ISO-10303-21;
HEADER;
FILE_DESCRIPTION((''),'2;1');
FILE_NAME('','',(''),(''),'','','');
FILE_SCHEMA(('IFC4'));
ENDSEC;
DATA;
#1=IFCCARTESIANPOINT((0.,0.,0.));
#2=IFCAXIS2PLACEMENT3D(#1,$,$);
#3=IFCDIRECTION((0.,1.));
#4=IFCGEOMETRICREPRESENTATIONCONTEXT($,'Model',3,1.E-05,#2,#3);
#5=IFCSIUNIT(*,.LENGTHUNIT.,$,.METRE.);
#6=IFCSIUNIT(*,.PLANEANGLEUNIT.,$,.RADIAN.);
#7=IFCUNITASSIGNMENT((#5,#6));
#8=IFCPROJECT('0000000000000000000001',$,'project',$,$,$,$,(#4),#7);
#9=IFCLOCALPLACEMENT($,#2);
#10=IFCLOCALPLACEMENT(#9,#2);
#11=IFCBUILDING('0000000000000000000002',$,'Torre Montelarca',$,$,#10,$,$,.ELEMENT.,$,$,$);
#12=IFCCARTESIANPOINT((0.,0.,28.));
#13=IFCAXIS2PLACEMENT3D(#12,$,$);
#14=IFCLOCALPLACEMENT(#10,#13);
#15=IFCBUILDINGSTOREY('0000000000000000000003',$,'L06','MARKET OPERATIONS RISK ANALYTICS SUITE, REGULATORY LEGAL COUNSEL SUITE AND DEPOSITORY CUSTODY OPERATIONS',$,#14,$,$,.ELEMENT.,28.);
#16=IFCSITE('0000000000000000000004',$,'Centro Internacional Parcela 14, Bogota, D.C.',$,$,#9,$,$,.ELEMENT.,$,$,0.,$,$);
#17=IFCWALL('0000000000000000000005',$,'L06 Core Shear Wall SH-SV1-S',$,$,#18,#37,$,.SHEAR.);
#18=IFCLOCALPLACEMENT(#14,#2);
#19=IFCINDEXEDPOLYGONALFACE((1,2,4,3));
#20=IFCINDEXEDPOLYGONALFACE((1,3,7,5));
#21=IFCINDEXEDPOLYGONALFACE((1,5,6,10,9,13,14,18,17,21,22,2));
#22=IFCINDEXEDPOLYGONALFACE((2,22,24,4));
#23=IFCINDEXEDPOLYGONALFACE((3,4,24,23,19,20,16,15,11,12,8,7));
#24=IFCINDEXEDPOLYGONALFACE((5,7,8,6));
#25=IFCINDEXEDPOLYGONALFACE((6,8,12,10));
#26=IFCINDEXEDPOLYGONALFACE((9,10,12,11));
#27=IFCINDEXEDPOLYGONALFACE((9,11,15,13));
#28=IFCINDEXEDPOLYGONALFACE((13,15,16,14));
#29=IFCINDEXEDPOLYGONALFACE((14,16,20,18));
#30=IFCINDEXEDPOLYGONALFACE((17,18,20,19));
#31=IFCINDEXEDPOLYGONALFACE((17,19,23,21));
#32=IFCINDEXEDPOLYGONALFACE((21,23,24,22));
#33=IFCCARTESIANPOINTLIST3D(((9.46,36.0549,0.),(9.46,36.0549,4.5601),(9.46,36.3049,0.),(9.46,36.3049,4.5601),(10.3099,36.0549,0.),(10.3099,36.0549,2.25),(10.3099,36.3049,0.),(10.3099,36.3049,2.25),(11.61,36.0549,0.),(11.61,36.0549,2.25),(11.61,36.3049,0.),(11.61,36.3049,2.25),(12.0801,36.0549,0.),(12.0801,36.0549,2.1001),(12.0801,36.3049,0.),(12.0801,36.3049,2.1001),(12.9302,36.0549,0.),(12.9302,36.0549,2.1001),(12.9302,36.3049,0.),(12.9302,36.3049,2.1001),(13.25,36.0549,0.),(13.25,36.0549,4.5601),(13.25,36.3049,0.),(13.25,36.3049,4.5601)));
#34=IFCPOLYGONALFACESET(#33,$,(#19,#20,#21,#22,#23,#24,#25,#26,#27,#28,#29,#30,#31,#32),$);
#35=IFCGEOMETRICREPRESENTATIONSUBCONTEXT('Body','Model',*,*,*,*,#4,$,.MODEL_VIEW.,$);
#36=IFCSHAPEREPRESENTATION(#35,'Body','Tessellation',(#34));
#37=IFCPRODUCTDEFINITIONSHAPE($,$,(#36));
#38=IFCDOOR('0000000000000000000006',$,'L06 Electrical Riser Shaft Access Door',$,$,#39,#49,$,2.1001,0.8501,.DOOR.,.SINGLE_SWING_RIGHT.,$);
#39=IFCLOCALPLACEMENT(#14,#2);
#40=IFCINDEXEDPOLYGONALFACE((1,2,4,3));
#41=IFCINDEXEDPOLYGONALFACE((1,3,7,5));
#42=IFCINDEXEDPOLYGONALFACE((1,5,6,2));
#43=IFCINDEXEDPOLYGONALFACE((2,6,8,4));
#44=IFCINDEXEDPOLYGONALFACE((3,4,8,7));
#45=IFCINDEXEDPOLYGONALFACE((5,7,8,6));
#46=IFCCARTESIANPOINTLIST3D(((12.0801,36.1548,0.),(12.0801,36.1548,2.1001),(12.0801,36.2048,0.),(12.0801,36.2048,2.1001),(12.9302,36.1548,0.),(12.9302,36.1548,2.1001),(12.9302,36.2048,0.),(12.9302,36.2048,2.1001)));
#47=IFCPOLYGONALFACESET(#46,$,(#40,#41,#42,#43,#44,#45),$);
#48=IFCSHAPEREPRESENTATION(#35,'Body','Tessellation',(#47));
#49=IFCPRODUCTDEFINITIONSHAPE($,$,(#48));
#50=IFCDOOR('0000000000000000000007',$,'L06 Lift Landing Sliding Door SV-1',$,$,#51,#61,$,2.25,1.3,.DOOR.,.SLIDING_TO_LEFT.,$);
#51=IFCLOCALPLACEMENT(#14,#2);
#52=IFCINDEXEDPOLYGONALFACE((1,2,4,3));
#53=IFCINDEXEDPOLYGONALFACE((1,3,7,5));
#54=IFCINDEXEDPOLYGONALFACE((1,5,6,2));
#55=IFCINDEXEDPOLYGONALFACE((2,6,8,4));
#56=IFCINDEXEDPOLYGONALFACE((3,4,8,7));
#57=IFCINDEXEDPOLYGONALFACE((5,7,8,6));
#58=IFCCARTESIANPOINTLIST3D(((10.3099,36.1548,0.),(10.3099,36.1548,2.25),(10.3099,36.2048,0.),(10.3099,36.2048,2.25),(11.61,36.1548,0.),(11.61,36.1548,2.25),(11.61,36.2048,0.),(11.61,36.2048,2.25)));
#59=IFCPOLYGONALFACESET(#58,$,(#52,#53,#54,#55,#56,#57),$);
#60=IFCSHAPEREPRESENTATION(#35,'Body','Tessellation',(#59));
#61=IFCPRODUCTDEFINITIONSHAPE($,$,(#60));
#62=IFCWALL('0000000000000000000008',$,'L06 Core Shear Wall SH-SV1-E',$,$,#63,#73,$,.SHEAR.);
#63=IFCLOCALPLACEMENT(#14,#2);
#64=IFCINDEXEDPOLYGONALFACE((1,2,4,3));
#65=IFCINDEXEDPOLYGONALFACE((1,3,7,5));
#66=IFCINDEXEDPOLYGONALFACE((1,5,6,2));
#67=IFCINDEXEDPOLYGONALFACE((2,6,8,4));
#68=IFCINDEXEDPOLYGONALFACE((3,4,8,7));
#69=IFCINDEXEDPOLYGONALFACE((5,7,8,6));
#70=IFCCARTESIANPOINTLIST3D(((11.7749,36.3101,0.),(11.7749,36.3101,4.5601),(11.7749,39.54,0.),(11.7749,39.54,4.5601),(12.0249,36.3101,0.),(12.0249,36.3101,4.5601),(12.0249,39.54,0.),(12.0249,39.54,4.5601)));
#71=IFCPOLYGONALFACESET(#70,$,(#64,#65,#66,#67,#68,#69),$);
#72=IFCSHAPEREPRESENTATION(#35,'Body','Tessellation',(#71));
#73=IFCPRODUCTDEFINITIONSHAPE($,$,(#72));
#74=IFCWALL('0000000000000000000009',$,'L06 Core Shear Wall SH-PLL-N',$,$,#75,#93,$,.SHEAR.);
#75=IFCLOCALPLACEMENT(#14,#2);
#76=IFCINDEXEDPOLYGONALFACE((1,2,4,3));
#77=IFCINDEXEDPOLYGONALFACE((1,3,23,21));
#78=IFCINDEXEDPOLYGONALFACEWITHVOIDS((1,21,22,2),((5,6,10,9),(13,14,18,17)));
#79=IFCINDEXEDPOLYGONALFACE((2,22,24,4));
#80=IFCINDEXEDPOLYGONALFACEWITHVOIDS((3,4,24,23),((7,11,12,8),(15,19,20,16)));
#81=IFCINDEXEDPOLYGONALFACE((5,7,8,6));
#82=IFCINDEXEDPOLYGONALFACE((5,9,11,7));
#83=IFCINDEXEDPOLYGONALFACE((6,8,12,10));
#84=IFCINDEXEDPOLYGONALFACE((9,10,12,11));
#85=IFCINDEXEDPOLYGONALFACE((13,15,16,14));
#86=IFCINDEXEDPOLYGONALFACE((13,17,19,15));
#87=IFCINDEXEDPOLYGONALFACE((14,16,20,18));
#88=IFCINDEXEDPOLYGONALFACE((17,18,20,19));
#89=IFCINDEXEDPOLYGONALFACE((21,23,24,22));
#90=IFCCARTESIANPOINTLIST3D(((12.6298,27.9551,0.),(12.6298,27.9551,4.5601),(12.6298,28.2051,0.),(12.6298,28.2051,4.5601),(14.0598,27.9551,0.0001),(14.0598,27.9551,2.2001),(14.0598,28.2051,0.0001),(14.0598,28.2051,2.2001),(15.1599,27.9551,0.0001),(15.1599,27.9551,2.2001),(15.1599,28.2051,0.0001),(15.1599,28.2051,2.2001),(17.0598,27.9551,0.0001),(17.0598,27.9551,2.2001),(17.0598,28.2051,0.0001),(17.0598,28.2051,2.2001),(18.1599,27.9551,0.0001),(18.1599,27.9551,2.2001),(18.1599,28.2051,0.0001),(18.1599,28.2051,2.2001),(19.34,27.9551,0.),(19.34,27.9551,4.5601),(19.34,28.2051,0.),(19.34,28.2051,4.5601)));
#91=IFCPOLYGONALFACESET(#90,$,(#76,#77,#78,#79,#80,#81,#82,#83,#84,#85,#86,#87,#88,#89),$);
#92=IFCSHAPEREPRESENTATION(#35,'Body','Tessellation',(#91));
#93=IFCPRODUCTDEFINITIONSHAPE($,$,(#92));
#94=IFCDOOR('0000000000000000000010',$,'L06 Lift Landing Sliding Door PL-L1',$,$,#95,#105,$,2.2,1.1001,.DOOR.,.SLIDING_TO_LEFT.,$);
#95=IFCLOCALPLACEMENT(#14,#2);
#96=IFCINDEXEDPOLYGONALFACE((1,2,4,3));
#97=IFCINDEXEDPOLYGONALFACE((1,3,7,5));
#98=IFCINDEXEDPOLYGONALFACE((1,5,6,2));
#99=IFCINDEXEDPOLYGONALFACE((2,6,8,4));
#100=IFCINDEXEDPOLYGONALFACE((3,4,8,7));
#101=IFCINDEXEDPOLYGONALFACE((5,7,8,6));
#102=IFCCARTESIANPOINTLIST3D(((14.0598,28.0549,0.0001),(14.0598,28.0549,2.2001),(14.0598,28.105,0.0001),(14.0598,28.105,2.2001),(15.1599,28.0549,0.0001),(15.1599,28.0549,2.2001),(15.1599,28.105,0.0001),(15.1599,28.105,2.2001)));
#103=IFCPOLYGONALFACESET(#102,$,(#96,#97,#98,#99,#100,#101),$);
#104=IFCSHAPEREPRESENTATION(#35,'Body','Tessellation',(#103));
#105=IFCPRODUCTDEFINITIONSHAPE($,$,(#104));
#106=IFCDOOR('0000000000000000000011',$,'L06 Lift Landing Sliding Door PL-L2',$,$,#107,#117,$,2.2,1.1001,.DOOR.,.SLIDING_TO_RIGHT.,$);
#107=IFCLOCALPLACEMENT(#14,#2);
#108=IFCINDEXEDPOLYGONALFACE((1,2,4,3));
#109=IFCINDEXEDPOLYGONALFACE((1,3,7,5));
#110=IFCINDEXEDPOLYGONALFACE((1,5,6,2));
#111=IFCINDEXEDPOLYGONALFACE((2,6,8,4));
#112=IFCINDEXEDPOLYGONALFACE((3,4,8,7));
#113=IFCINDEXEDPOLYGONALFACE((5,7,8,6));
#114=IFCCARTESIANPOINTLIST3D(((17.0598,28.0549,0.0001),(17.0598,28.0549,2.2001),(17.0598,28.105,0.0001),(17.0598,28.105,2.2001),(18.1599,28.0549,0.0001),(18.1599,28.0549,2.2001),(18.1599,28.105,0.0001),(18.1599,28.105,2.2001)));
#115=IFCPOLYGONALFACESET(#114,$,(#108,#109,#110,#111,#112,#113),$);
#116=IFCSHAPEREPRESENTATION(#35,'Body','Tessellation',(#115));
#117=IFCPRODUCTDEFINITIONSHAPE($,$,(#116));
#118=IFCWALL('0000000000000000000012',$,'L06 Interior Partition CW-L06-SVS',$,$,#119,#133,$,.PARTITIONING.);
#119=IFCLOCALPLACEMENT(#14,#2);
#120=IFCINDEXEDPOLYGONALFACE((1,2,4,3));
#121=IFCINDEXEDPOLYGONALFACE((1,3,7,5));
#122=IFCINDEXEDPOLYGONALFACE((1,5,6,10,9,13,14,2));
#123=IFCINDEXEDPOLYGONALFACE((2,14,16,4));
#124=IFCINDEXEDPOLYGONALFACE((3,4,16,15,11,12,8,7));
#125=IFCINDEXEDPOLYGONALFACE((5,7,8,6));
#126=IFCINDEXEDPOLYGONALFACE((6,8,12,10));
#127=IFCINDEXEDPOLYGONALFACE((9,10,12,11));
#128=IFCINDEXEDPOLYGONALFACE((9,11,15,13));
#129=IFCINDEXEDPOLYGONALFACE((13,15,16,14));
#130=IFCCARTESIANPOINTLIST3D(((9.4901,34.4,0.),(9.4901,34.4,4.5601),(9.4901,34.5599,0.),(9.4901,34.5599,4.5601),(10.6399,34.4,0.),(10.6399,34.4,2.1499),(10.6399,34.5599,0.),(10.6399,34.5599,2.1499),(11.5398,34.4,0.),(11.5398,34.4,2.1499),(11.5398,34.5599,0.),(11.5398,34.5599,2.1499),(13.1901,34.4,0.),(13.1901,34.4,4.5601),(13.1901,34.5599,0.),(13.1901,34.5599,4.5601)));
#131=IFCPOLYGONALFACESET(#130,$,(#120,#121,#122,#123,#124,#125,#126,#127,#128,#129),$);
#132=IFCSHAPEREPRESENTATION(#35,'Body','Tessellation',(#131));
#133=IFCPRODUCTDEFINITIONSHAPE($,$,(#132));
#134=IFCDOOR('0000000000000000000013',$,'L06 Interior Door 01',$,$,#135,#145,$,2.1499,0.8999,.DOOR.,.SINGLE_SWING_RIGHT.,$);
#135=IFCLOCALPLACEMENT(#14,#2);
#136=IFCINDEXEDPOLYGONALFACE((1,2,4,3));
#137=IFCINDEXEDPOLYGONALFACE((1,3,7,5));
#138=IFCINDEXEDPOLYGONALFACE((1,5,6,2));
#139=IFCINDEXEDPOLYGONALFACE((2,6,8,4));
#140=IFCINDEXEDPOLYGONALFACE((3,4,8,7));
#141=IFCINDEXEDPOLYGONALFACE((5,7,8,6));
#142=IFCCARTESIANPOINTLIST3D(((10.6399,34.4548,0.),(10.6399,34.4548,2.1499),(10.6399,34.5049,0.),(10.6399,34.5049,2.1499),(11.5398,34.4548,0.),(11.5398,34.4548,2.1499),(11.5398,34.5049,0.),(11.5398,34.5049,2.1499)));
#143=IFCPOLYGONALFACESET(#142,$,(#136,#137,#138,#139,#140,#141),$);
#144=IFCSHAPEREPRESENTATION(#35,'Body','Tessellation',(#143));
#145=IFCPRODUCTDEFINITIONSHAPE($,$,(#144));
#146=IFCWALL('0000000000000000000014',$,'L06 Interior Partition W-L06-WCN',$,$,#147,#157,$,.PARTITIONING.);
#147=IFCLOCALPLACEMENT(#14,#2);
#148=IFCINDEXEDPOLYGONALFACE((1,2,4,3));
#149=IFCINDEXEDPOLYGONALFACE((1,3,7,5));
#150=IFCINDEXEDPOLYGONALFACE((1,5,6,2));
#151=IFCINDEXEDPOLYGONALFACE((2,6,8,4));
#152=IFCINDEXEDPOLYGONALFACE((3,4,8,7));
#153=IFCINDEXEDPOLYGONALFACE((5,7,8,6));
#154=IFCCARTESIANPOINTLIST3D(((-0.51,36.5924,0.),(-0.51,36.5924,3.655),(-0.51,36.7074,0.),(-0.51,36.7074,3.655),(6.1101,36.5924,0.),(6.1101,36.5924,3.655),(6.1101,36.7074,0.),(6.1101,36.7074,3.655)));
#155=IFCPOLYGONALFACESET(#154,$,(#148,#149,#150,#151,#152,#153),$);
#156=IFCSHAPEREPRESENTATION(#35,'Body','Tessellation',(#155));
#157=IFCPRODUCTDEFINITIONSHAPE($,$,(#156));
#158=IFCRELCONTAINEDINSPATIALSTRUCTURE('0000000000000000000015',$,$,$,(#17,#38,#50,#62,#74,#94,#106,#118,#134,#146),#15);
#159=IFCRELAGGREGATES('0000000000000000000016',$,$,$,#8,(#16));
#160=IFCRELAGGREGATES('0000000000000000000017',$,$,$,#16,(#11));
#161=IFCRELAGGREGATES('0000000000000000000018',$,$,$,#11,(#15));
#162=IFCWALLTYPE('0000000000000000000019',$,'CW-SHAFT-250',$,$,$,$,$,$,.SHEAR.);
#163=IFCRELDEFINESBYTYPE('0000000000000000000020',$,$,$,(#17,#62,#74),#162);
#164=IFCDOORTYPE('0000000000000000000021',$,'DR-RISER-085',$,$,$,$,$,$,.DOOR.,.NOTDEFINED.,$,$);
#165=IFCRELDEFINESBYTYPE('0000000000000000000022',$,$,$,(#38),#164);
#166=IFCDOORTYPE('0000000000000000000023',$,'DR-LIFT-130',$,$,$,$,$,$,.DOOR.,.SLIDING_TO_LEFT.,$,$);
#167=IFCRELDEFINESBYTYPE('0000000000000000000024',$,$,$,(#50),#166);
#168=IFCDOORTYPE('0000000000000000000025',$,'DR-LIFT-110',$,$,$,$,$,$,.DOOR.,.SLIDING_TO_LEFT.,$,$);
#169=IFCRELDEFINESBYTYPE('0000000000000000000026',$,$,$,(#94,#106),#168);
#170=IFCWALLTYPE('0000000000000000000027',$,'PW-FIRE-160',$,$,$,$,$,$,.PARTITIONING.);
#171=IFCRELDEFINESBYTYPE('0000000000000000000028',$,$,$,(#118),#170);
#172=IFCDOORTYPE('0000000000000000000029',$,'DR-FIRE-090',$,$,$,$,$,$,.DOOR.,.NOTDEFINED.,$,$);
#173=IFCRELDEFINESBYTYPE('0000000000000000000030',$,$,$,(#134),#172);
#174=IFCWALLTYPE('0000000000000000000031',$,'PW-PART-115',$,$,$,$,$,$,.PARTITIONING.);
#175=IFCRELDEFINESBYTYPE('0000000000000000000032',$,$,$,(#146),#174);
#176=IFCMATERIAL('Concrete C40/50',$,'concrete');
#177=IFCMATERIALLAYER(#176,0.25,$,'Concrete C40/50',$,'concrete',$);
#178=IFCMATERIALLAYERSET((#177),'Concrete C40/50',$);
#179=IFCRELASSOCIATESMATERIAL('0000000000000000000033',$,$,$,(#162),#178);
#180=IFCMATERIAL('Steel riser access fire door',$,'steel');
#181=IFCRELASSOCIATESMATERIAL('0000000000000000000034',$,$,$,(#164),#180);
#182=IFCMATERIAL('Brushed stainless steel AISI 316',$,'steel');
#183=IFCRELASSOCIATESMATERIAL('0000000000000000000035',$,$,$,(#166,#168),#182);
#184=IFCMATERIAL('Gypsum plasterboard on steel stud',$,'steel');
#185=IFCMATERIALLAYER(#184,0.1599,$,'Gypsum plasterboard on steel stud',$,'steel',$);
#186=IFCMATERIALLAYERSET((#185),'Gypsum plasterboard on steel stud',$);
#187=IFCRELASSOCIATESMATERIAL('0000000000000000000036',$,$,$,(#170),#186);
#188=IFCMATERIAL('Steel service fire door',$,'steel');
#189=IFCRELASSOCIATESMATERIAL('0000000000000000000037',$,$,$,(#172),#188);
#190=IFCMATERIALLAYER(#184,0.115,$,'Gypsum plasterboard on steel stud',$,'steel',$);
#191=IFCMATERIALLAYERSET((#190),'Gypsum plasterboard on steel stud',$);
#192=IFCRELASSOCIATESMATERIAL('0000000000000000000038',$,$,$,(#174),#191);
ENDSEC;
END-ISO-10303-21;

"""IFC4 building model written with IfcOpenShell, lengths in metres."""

from ifc_helpers import new_model, si_unit, direction, frame, frame_2d, origin, place, context, subcontext, project, spatial, rectangle, extrude, source, transform, mapped, material, layer, layer_set, type_object, element, fill, save


model = new_model("IFC4")

# Units and contexts
model_context = context("Model", 3, precision=1e-05, world=origin(), true_north=direction((0.0, 1.0)))
body_context = subcontext(model_context, "Body", "Model", "MODEL_VIEW")
ifc_project = project(units=[si_unit("LENGTHUNIT", "METRE"), si_unit("PLANEANGLEUNIT", "RADIAN")], contexts=[model_context])

# Site, building, storey
site_placement = place(None, origin())
site = spatial("IfcSite", under=ifc_project, at=site_placement, Name="Centro Internacional Parcela 14, Bogota, D.C.", CompositionType="ELEMENT", RefElevation=0.0)
building_placement = place(site_placement, origin())
building = spatial("IfcBuilding", under=site, at=building_placement, Name="Torre Montelarca", CompositionType="ELEMENT")
storey_placement = place(building_placement, frame((0.0, 0.0, 28.0)))
storey = spatial("IfcBuildingStorey", under=building, at=storey_placement, Name="L06", Description="MARKET OPERATIONS RISK ANALYTICS SUITE, REGULATORY LEGAL COUNSEL SUITE AND DEPOSITORY CUSTODY OPERATIONS", CompositionType="ELEMENT", Elevation=28.0)

# Shared definitions
ifc_material_1 = material(Name="Concrete C40/50", Category="concrete")
ifc_layer_1 = layer(ifc_material_1, 0.25, Name="Concrete C40/50", Category="concrete")
ifc_layer_set_1 = layer_set([ifc_layer_1], Name="Concrete C40/50")
wall_type_1 = type_object("IfcWallType", Name="CW-SHAFT-250", PredefinedType="SHEAR", material=ifc_layer_set_1)

# Wall, openings, doors
wall_1_placement = place(storey_placement, frame((9.46, 36.1799, 0.0), z_axis=(0.0, 0.0, 1.0), x_axis=(1.0, 0.0, 0.0)))
wall_1 = element("IfcWall", 1, at=wall_1_placement, inside=storey, type_object=wall_type_1, Name="L06 Core Shear Wall SH-SV1-S", PredefinedType="SHEAR", context=body_context, shape_type="SweptSolid", body=[
    extrude(rectangle(XDim=3.79, YDim=0.25, at=frame_2d((1.895, 0.0))), origin(), (0.0, 0.0, 1.0), 4.5601),
])
opening_1_placement = place(wall_1_placement, frame((2.6201, 0.0, 0.0)))
opening_1 = element("IfcOpeningElement", 2, at=opening_1_placement, cuts=wall_1, PredefinedType="OPENING", context=body_context, shape_type="SweptSolid", body=[
    extrude(rectangle(XDim=0.8501, YDim=2.1001, at=frame_2d((0.425, 1.05))), frame((0.0, 0.135, 0.0), z_axis=(0.0, -1.0, 0.0), x_axis=(1.0, 0.0, 0.0)), (0.0, 0.0, 1.0), 0.27),
])
opening_2_placement = place(wall_1_placement, frame((0.8501, 0.0, 0.0)))
opening_2 = element("IfcOpeningElement", 3, at=opening_2_placement, cuts=wall_1, PredefinedType="OPENING", context=body_context, shape_type="SweptSolid", body=[
    extrude(rectangle(XDim=1.3, YDim=2.25, at=frame_2d((0.6499, 1.125))), frame((0.0, 0.135, 0.0), z_axis=(0.0, -1.0, 0.0), x_axis=(1.0, 0.0, 0.0)), (0.0, 0.0, 1.0), 0.27),
])
ifc_material_2 = material(Name="Steel riser access fire door", Category="steel")
door_type_1 = type_object("IfcDoorType", Name="DR-RISER-085", OperationType="NOTDEFINED", PredefinedType="DOOR", material=ifc_material_2)
shared_shape_1 = source(origin(), body_context, "Body", "SweptSolid", [
    extrude(rectangle(XDim=0.8501, YDim=2.1001, at=frame_2d((0.425, 1.05))), frame((0.0, 0.0249, 0.0), z_axis=(0.0, -1.0, 0.0), x_axis=(1.0, 0.0, 0.0)), (0.0, 0.0, 1.0), 0.05),
])
door_1_placement = place(opening_1_placement, origin())
door_1 = element("IfcDoor", 4, at=door_1_placement, inside=storey, type_object=door_type_1, Name="L06 Electrical Riser Shaft Access Door", OperationType="SINGLE_SWING_RIGHT", OverallHeight=2.1001, OverallWidth=0.8501, PredefinedType="DOOR", context=body_context, shape_type="MappedRepresentation", body=[
    mapped(shared_shape_1, transform((0.0, 0.0, 0.0), scale=1.0)),
])
fill(opening_1, door_1)
ifc_material_3 = material(Name="Brushed stainless steel AISI 316", Category="steel")
door_type_2 = type_object("IfcDoorType", Name="DR-LIFT-130", OperationType="SLIDING_TO_LEFT", PredefinedType="DOOR", material=ifc_material_3)
shared_shape_2 = source(origin(), body_context, "Body", "SweptSolid", [
    extrude(rectangle(XDim=1.3, YDim=2.25, at=frame_2d((0.6499, 1.125))), frame((0.0, 0.0249, 0.0), z_axis=(0.0, -1.0, 0.0), x_axis=(1.0, 0.0, 0.0)), (0.0, 0.0, 1.0), 0.05),
])
door_2_placement = place(opening_2_placement, origin())
door_2 = element("IfcDoor", 5, at=door_2_placement, inside=storey, type_object=door_type_2, Name="L06 Lift Landing Sliding Door SV-1", OperationType="SLIDING_TO_LEFT", OverallHeight=2.25, OverallWidth=1.3, PredefinedType="DOOR", context=body_context, shape_type="MappedRepresentation", body=[
    mapped(shared_shape_2, transform((0.0, 0.0, 0.0), scale=1.0)),
])
fill(opening_2, door_2)

# Wall
wall_2_placement = place(storey_placement, frame((11.8999, 36.3101, 0.0), z_axis=(0.0, 0.0, 1.0), x_axis=(0.0, 1.0, 0.0)))
element("IfcWall", 6, at=wall_2_placement, inside=storey, type_object=wall_type_1, Name="L06 Core Shear Wall SH-SV1-E", PredefinedType="SHEAR", context=body_context, shape_type="SweptSolid", body=[
    extrude(rectangle(XDim=3.23, YDim=0.25, at=frame_2d((1.615, 0.0))), origin(), (0.0, 0.0, 1.0), 4.5601),
])

# Wall, openings, doors
wall_3_placement = place(storey_placement, frame((12.6299, 28.0801, 0.0), z_axis=(0.0, 0.0, 1.0), x_axis=(1.0, 0.0, 0.0)))
wall_3 = element("IfcWall", 7, at=wall_3_placement, inside=storey, type_object=wall_type_1, Name="L06 Core Shear Wall SH-PLL-N", PredefinedType="SHEAR", context=body_context, shape_type="SweptSolid", body=[
    extrude(rectangle(XDim=6.7102, YDim=0.25, at=frame_2d((3.355, 0.0))), origin(), (0.0, 0.0, 1.0), 4.5601),
])
opening_3_placement = place(wall_3_placement, frame((1.4299, 0.0, 0.0)))
opening_3 = element("IfcOpeningElement", 8, at=opening_3_placement, cuts=wall_3, PredefinedType="OPENING", context=body_context, shape_type="SweptSolid", body=[
    extrude(rectangle(XDim=1.1001, YDim=2.2, at=frame_2d((0.55, 1.1001))), frame((0.0, 0.135, 0.0), z_axis=(0.0, -1.0, 0.0), x_axis=(1.0, 0.0, 0.0)), (0.0, 0.0, 1.0), 0.27),
])
opening_4_placement = place(wall_3_placement, frame((4.4299, 0.0, 0.0)))
opening_4 = element("IfcOpeningElement", 9, at=opening_4_placement, cuts=wall_3, PredefinedType="OPENING", context=body_context, shape_type="SweptSolid", body=[
    extrude(rectangle(XDim=1.1001, YDim=2.2, at=frame_2d((0.55, 1.1001))), frame((0.0, 0.135, 0.0), z_axis=(0.0, -1.0, 0.0), x_axis=(1.0, 0.0, 0.0)), (0.0, 0.0, 1.0), 0.27),
])
door_type_3 = type_object("IfcDoorType", Name="DR-LIFT-110", OperationType="SLIDING_TO_LEFT", PredefinedType="DOOR", material=ifc_material_3)
shared_shape_3 = source(origin(), body_context, "Body", "SweptSolid", [
    extrude(rectangle(XDim=1.1001, YDim=2.2, at=frame_2d((0.55, 1.1001))), frame((0.0, 0.0249, 0.0), z_axis=(0.0, -1.0, 0.0), x_axis=(1.0, 0.0, 0.0)), (0.0, 0.0, 1.0), 0.05),
])
door_3_placement = place(opening_3_placement, origin())
door_3 = element("IfcDoor", 10, at=door_3_placement, inside=storey, type_object=door_type_3, Name="L06 Lift Landing Sliding Door PL-L1", OperationType="SLIDING_TO_LEFT", OverallHeight=2.2, OverallWidth=1.1001, PredefinedType="DOOR", context=body_context, shape_type="MappedRepresentation", body=[
    mapped(shared_shape_3, transform((0.0, 0.0, 0.0), scale=1.0)),
])
fill(opening_3, door_3)
door_4_placement = place(opening_4_placement, origin())
door_4 = element("IfcDoor", 11, at=door_4_placement, inside=storey, type_object=door_type_3, Name="L06 Lift Landing Sliding Door PL-L2", OperationType="SLIDING_TO_RIGHT", OverallHeight=2.2, OverallWidth=1.1001, PredefinedType="DOOR", context=body_context, shape_type="MappedRepresentation", body=[
    mapped(shared_shape_3, transform((0.0, 0.0, 0.0), scale=1.0)),
])
fill(opening_4, door_4)

# Wall, opening, door
ifc_material_4 = material(Name="Gypsum plasterboard on steel stud", Category="steel")
ifc_layer_2 = layer(ifc_material_4, 0.1599, Name="Gypsum plasterboard on steel stud", Category="steel")
ifc_layer_set_2 = layer_set([ifc_layer_2], Name="Gypsum plasterboard on steel stud")
wall_type_2 = type_object("IfcWallType", Name="PW-FIRE-160", PredefinedType="PARTITIONING", material=ifc_layer_set_2)
wall_4_placement = place(storey_placement, frame((9.49, 34.48, 0.0), z_axis=(0.0, 0.0, 1.0), x_axis=(1.0, 0.0, 0.0)))
wall_4 = element("IfcWall", 12, at=wall_4_placement, inside=storey, type_object=wall_type_2, Name="L06 Interior Partition CW-L06-SVS", PredefinedType="PARTITIONING", context=body_context, shape_type="SweptSolid", body=[
    extrude(rectangle(XDim=3.7, YDim=0.1599, at=frame_2d((1.8501, 0.0))), origin(), (0.0, 0.0, 1.0), 4.5601),
])
opening_5_placement = place(wall_4_placement, frame((1.1499, 0.0, 0.0)))
opening_5 = element("IfcOpeningElement", 13, at=opening_5_placement, cuts=wall_4, PredefinedType="OPENING", context=body_context, shape_type="SweptSolid", body=[
    extrude(rectangle(XDim=0.8999, YDim=2.1499, at=frame_2d((0.45, 1.075))), frame((0.0, 0.0898, 0.0), z_axis=(0.0, -1.0, 0.0), x_axis=(1.0, 0.0, 0.0)), (0.0, 0.0, 1.0), 0.1799),
])
ifc_material_5 = material(Name="Steel service fire door", Category="steel")
door_type_4 = type_object("IfcDoorType", Name="DR-FIRE-090", OperationType="NOTDEFINED", PredefinedType="DOOR", material=ifc_material_5)
shared_shape_4 = source(origin(), body_context, "Body", "SweptSolid", [
    extrude(rectangle(XDim=0.8999, YDim=2.1499, at=frame_2d((0.45, 1.075))), frame((0.0, 0.0249, 0.0), z_axis=(0.0, -1.0, 0.0), x_axis=(1.0, 0.0, 0.0)), (0.0, 0.0, 1.0), 0.05),
])
door_5_placement = place(opening_5_placement, origin())
door_5 = element("IfcDoor", 14, at=door_5_placement, inside=storey, type_object=door_type_4, Name="L06 Interior Door 01", OperationType="SINGLE_SWING_RIGHT", OverallHeight=2.1499, OverallWidth=0.8999, PredefinedType="DOOR", context=body_context, shape_type="MappedRepresentation", body=[
    mapped(shared_shape_4, transform((0.0, 0.0, 0.0), scale=1.0)),
])
fill(opening_5, door_5)

# Wall
ifc_layer_3 = layer(ifc_material_4, 0.115, Name="Gypsum plasterboard on steel stud", Category="steel")
ifc_layer_set_3 = layer_set([ifc_layer_3], Name="Gypsum plasterboard on steel stud")
wall_type_3 = type_object("IfcWallType", Name="PW-PART-115", PredefinedType="PARTITIONING", material=ifc_layer_set_3)
wall_5_placement = place(storey_placement, frame((-0.51, 36.6499, 0.0), z_axis=(0.0, 0.0, 1.0), x_axis=(1.0, 0.0, 0.0)))
element("IfcWall", 15, at=wall_5_placement, inside=storey, type_object=wall_type_3, Name="L06 Interior Partition W-L06-WCN", PredefinedType="PARTITIONING", context=body_context, shape_type="SweptSolid", body=[
    extrude(rectangle(XDim=6.6201, YDim=0.115, at=frame_2d((3.3101, 0.0))), origin(), (0.0, 0.0, 1.0), 3.655),
])

save(model, "model.ifc")
